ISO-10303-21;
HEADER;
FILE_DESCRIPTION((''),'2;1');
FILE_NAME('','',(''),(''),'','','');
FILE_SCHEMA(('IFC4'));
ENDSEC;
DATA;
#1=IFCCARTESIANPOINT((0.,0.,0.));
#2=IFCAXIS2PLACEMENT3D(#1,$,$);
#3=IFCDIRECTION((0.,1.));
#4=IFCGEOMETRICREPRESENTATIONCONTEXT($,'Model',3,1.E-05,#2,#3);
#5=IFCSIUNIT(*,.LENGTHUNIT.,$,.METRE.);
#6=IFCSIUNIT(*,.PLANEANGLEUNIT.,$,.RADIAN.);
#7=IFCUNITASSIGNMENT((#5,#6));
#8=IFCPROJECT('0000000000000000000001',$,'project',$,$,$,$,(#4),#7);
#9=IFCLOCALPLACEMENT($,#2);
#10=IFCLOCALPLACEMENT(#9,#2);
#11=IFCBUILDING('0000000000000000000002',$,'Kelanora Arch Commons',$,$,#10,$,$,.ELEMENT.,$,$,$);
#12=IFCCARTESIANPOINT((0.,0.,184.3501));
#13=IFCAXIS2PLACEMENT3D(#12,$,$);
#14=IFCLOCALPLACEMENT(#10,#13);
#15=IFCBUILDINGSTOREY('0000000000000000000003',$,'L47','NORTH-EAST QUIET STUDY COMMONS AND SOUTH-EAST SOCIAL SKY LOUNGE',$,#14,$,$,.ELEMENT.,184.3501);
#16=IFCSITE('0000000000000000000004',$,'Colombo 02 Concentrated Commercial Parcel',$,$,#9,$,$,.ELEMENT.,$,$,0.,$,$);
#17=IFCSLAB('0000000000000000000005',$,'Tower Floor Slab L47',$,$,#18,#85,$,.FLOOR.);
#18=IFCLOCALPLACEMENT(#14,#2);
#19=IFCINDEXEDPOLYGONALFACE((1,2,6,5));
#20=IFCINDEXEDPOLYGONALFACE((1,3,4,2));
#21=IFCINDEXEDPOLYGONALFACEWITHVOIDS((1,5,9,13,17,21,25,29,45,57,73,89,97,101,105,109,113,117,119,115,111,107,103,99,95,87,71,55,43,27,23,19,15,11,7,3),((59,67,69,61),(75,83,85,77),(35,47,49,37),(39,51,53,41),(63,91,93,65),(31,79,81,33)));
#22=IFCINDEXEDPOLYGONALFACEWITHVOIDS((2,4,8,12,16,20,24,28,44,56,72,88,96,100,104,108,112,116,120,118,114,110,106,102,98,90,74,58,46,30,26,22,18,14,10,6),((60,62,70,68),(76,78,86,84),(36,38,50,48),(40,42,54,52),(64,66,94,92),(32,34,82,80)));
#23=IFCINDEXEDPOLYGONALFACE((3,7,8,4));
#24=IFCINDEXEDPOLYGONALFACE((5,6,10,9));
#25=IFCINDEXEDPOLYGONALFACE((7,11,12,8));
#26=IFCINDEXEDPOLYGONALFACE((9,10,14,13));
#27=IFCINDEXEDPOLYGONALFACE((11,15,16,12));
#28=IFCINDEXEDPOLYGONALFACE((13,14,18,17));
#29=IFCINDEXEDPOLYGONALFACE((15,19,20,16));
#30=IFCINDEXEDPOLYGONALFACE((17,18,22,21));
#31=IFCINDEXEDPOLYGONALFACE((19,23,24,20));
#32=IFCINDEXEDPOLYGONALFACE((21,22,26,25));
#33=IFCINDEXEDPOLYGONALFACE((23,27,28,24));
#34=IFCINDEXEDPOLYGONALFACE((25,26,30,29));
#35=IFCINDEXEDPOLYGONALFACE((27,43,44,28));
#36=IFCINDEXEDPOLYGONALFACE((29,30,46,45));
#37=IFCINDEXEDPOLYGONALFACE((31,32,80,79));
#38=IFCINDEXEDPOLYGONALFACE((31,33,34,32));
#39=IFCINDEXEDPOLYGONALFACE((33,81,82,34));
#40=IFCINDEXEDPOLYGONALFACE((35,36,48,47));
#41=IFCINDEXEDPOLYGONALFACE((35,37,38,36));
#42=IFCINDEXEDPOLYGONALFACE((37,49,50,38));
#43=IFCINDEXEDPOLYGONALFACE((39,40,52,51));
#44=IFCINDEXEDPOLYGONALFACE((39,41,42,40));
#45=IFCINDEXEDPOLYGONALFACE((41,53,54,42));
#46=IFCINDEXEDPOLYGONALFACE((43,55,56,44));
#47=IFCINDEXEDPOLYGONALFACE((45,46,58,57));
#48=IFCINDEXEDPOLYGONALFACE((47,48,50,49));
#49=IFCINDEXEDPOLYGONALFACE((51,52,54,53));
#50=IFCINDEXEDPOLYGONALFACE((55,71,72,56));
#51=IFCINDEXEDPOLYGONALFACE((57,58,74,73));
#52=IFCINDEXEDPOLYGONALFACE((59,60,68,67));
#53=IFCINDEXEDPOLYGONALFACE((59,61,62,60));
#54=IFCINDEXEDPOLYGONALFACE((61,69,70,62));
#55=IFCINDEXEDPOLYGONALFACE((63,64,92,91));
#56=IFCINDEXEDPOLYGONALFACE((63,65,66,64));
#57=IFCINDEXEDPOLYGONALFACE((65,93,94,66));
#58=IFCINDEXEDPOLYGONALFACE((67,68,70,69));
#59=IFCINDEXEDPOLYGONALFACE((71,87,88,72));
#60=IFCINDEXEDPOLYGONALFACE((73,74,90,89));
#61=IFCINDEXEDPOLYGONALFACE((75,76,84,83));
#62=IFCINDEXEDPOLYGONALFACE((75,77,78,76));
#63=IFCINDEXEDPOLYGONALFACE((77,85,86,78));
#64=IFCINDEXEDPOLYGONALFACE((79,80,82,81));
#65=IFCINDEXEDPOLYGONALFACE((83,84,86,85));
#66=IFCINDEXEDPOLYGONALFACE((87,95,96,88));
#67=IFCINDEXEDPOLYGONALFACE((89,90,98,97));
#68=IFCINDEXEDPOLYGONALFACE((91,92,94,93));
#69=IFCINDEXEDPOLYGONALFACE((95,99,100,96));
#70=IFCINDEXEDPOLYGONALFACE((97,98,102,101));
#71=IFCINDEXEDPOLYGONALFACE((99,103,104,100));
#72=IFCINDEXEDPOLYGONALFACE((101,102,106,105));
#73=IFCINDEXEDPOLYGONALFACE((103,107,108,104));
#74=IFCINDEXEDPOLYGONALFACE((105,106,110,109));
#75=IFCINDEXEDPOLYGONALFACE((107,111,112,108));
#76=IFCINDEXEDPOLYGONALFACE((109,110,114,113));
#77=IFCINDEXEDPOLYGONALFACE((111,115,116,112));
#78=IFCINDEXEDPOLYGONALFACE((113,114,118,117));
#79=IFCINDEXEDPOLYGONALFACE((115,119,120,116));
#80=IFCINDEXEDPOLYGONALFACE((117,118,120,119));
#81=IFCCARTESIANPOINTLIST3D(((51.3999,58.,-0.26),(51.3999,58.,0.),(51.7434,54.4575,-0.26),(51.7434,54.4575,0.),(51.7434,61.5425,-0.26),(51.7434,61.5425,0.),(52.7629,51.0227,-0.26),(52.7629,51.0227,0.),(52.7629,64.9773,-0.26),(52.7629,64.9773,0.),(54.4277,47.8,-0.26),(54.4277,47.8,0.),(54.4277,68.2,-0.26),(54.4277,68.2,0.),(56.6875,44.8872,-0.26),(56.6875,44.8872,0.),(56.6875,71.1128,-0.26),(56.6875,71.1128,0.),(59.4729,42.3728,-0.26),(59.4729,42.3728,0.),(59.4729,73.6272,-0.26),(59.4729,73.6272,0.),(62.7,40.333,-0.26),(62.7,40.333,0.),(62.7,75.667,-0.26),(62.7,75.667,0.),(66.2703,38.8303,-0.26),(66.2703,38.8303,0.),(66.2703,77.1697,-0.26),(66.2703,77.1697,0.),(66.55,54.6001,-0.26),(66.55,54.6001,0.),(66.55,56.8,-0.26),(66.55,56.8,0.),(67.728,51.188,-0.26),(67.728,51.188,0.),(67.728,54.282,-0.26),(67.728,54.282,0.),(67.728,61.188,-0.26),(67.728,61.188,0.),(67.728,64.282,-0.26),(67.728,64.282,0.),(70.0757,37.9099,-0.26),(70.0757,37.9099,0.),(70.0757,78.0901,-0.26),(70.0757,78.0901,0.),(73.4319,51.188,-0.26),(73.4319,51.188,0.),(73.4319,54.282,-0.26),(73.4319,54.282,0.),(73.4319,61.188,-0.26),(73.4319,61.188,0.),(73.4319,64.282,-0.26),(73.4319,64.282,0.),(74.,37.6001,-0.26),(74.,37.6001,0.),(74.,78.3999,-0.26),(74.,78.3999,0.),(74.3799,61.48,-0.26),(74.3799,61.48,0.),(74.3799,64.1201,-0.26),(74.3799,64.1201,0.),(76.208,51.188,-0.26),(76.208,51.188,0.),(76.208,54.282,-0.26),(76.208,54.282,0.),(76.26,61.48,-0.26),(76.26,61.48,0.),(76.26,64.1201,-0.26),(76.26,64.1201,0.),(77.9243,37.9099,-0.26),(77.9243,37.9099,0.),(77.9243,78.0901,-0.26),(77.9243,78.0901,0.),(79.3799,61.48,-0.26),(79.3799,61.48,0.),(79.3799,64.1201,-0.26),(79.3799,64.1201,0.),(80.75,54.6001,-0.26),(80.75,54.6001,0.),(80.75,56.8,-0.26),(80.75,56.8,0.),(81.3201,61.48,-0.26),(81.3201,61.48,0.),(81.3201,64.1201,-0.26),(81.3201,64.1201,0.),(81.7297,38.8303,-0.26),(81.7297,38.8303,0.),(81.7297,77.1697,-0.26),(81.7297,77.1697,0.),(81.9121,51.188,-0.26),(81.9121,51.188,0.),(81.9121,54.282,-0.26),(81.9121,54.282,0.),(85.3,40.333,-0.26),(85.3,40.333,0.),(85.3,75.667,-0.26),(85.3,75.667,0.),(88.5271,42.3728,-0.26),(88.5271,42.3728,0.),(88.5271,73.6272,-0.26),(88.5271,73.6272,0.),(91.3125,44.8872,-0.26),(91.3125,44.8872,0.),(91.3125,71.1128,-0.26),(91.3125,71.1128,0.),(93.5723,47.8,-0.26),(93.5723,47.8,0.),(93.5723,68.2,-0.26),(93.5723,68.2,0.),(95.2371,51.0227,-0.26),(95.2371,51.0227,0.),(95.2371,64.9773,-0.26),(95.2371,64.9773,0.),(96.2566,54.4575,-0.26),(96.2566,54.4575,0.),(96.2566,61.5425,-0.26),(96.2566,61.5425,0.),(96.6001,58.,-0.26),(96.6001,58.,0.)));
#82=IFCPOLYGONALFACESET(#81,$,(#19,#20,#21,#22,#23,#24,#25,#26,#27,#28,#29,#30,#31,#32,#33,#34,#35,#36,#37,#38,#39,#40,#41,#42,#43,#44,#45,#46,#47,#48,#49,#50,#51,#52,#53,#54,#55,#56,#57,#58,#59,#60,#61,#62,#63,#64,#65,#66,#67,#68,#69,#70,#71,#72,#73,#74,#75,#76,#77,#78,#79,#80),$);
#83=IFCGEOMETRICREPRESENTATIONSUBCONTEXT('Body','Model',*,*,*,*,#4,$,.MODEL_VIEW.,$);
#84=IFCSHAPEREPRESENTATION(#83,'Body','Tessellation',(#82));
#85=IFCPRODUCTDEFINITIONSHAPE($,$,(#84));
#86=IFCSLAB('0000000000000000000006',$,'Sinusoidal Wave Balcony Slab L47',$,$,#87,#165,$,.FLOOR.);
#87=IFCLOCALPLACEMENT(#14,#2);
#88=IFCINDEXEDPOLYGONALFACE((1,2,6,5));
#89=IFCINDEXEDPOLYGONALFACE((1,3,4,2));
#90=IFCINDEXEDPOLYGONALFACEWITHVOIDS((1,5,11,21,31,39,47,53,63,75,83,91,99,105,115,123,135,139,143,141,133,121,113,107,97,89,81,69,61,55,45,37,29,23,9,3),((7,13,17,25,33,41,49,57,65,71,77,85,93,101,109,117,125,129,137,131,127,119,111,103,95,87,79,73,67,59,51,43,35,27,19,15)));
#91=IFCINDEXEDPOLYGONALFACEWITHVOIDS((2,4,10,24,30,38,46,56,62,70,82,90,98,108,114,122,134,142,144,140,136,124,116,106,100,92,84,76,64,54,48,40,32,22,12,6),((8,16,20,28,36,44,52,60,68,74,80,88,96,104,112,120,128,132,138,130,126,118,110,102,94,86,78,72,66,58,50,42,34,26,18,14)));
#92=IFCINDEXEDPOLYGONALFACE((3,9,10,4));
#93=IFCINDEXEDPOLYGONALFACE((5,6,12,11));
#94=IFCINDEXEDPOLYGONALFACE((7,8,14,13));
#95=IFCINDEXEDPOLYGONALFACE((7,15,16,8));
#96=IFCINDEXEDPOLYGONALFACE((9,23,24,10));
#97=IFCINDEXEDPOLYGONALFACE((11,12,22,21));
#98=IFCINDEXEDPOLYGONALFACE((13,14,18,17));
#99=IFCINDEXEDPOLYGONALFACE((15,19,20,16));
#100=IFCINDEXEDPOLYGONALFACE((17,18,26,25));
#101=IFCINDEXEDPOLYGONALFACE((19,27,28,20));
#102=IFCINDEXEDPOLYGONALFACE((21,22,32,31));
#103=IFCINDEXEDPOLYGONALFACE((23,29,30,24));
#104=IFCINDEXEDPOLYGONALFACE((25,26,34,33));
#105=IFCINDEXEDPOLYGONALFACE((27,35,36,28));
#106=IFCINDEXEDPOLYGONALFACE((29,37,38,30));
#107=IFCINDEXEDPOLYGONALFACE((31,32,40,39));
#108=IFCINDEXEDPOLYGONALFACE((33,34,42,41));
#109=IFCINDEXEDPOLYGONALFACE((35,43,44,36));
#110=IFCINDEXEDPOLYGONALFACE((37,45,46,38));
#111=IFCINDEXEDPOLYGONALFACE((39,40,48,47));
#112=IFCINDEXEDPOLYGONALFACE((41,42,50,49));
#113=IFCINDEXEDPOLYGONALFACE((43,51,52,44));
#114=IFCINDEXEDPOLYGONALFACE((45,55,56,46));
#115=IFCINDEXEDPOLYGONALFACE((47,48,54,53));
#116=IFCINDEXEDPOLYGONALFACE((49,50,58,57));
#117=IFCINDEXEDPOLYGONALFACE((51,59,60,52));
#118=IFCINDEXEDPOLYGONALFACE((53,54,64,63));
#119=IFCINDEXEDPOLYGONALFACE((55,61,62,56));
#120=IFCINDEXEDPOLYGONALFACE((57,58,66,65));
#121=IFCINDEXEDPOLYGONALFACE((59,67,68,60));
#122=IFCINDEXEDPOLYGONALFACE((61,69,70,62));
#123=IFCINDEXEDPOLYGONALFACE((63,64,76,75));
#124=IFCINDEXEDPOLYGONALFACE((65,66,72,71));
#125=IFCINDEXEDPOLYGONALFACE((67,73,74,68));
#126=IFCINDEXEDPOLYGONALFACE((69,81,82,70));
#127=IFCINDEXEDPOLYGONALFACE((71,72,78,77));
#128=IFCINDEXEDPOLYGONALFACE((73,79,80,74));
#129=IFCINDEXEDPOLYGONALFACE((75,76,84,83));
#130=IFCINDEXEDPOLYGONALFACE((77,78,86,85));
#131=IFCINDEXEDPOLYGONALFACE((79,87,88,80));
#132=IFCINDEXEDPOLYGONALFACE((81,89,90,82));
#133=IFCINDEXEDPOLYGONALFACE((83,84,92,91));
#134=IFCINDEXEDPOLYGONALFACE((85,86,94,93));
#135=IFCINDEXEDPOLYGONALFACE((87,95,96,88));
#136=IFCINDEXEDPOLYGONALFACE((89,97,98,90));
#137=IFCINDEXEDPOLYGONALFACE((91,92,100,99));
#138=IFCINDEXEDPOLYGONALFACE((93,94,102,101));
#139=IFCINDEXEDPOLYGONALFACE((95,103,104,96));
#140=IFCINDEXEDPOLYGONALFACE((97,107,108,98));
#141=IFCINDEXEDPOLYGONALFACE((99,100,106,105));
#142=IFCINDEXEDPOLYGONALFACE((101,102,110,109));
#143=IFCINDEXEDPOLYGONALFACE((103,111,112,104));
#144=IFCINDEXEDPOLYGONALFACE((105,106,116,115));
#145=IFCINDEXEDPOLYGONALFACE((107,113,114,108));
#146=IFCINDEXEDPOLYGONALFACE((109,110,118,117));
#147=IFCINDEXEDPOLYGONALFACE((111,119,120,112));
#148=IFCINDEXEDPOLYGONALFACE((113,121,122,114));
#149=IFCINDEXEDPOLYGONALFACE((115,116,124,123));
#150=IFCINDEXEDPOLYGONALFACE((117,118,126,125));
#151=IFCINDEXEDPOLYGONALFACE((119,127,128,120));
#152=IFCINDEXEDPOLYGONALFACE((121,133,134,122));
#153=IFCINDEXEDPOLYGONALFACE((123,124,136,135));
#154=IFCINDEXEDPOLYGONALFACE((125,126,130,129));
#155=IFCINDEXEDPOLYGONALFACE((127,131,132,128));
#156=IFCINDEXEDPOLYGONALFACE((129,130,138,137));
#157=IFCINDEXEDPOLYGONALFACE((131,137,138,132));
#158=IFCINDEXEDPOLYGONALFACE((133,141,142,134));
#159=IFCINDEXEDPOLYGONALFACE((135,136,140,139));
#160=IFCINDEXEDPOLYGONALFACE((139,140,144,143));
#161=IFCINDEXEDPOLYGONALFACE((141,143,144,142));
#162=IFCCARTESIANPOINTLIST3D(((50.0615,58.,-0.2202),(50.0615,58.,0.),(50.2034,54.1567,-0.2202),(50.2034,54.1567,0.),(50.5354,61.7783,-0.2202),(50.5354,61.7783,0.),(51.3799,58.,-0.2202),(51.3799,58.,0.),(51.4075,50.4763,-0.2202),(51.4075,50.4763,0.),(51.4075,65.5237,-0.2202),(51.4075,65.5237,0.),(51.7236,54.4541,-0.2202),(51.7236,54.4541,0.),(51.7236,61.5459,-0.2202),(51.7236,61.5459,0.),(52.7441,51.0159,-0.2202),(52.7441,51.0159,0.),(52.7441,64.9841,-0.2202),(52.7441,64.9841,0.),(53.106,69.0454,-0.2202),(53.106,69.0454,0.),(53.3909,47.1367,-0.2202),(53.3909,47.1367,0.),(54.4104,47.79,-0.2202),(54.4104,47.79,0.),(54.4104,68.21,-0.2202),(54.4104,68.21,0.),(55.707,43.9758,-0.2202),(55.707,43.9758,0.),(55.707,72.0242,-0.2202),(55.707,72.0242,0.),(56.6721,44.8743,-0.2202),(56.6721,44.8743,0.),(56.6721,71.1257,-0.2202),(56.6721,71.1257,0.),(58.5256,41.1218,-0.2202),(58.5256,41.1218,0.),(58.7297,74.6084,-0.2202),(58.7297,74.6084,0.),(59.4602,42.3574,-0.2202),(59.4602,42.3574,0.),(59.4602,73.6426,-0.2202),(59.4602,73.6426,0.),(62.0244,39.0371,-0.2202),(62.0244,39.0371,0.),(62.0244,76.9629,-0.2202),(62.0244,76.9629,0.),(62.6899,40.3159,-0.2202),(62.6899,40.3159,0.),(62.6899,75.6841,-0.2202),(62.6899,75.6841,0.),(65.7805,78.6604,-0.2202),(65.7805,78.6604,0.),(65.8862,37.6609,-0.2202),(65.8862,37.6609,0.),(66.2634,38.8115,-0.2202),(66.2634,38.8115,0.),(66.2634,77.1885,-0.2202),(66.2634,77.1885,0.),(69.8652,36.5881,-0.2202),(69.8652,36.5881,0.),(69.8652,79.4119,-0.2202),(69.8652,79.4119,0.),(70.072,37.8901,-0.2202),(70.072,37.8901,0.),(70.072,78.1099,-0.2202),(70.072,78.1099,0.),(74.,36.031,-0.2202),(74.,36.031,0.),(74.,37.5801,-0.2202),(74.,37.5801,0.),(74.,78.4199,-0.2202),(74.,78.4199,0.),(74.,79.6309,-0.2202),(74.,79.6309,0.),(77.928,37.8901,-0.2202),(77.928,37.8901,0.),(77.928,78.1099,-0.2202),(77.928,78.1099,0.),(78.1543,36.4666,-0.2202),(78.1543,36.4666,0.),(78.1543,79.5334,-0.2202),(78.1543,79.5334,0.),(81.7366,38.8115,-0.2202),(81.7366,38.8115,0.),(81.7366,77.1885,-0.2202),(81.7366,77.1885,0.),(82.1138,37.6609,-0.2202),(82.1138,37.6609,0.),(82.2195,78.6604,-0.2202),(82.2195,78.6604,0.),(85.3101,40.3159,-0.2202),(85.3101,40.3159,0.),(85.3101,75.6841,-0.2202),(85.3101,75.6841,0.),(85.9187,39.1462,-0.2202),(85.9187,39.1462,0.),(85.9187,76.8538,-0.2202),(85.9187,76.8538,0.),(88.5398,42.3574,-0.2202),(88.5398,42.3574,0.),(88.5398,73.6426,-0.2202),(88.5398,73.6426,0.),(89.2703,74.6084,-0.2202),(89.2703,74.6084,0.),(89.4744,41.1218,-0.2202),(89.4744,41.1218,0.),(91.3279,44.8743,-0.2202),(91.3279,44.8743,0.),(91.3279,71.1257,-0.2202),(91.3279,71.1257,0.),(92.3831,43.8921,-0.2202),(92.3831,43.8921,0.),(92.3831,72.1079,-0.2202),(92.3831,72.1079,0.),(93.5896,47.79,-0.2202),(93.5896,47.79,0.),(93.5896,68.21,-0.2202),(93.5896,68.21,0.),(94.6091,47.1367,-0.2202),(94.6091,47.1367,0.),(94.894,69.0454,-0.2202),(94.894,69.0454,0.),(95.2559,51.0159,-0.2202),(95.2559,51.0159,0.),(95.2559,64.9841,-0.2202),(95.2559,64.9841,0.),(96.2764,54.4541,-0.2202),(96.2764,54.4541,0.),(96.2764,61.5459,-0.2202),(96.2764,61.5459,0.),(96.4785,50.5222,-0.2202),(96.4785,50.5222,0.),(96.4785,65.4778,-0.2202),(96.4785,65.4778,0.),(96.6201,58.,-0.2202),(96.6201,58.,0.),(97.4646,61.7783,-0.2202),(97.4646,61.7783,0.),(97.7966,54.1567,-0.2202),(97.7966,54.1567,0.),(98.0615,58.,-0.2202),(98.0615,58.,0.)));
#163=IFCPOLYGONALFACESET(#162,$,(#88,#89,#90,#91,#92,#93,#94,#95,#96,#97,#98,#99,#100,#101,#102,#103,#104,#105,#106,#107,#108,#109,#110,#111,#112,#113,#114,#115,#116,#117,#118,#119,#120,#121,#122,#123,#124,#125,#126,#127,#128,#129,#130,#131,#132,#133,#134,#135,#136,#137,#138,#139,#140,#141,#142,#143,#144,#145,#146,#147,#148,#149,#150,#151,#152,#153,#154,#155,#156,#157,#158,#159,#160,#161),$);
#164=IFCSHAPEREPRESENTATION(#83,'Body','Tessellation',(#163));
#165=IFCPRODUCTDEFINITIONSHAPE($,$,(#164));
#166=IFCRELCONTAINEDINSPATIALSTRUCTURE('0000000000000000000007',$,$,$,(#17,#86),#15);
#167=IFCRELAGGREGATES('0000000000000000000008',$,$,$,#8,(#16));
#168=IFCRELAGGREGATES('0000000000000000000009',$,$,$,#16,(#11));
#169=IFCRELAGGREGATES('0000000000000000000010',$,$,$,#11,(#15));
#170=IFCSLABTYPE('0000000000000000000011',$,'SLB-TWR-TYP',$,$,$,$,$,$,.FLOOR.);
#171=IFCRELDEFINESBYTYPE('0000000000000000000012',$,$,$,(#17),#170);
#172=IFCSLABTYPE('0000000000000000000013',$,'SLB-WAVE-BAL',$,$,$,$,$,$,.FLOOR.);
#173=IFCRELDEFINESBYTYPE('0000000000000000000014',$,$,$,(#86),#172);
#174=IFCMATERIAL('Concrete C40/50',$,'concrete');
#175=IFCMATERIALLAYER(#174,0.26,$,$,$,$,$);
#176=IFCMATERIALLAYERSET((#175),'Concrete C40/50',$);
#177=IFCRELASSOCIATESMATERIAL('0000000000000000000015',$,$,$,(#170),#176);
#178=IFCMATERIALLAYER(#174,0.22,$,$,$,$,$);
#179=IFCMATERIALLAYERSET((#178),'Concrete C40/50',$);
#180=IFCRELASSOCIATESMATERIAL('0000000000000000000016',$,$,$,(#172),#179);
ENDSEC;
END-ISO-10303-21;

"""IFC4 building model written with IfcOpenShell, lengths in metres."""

from ifc_helpers import new_model, si_unit, direction, frame, origin, place, context, subcontext, project, spatial, polyline, outline, extrude, material, layer, layer_set, type_object, element, save


model = new_model("IFC4")

# Units and contexts
model_context = context("Model", 3, precision=1e-05, world=origin(), true_north=direction((0.0, 1.0)))
body_context = subcontext(model_context, "Body", "Model", "MODEL_VIEW")
ifc_project = project(units=[si_unit("LENGTHUNIT", "METRE"), si_unit("PLANEANGLEUNIT", "RADIAN")], contexts=[model_context])

# Site, building, storey
site_placement = place(None, origin())
site = spatial("IfcSite", under=ifc_project, at=site_placement, Name="Colombo 02 Concentrated Commercial Parcel", CompositionType="ELEMENT", RefElevation=0.0)
building_placement = place(site_placement, origin())
building = spatial("IfcBuilding", under=site, at=building_placement, Name="Kelanora Arch Commons", CompositionType="ELEMENT")
storey_placement = place(building_placement, frame((0.0, 0.0, 184.3501)))
storey = spatial("IfcBuildingStorey", under=building, at=storey_placement, Name="L47", Description="NORTH-EAST QUIET STUDY COMMONS AND SOUTH-EAST SOCIAL SKY LOUNGE", CompositionType="ELEMENT", Elevation=184.3501)

# Shared definitions
ifc_material_1 = material(Name="Concrete C40/50", Category="concrete")

# Slabs
ifc_layer_1 = layer(ifc_material_1, 0.26)
ifc_layer_set_1 = layer_set([ifc_layer_1], Name="Concrete C40/50")
slab_type_1 = type_object("IfcSlabType", Name="SLB-TWR-TYP", PredefinedType="FLOOR", material=ifc_layer_set_1)
slab_1_placement = place(storey_placement, frame((0.0, 0.0, -0.26)))
element("IfcSlab", 1, at=slab_1_placement, inside=storey, type_object=slab_type_1, Name="Tower Floor Slab L47", PredefinedType="FLOOR", context=body_context, shape_type="SweptSolid", body=[
    extrude(outline(polyline([(96.6001, 58.0), (96.2566, 61.5425), (95.2371, 64.9773), (93.5723, 68.2), (91.3125, 71.1128), (88.5271, 73.6272), (85.3, 75.667), (81.7297, 77.1697), (77.9243, 78.0901), (74.0, 78.3999), (70.0757, 78.0901), (66.2703, 77.1697), (62.7, 75.667), (59.4729, 73.6272), (56.6875, 71.1128), (54.4277, 68.2), (52.7629, 64.9773), (51.7434, 61.5425), (51.3999, 58.0), (51.7434, 54.4575), (52.7629, 51.0227), (54.4277, 47.8), (56.6875, 44.8872), (59.4729, 42.3728), (62.7, 40.333), (66.2703, 38.8303), (70.0757, 37.9099), (74.0, 37.6001), (77.9243, 37.9099), (81.7297, 38.8303), (85.3, 40.333), (88.5271, 42.3728), (91.3125, 44.8872), (93.5723, 47.8), (95.2371, 51.0227), (96.2566, 54.4575), (96.6001, 58.0)]), holes=[polyline([(73.4319, 51.188), (67.728, 51.188), (67.728, 54.282), (73.4319, 54.282), (73.4319, 51.188)]), polyline([(76.208, 51.188), (76.208, 54.282), (81.9121, 54.282), (81.9121, 51.188), (76.208, 51.188)]), polyline([(66.55, 54.6001), (66.55, 56.8), (80.75, 56.8), (80.75, 54.6001), (66.55, 54.6001)]), polyline([(73.4319, 61.188), (67.728, 61.188), (67.728, 64.282), (73.4319, 64.282), (73.4319, 61.188)]), polyline([(74.3799, 61.48), (74.3799, 64.1201), (76.26, 64.1201), (76.26, 61.48), (74.3799, 61.48)]), polyline([(79.3799, 61.48), (79.3799, 64.1201), (81.3201, 64.1201), (81.3201, 61.48), (79.3799, 61.48)])]), origin(), (0.0, 0.0, 1.0), 0.26),
])
ifc_layer_2 = layer(ifc_material_1, 0.22)
ifc_layer_set_2 = layer_set([ifc_layer_2], Name="Concrete C40/50")
slab_type_2 = type_object("IfcSlabType", Name="SLB-WAVE-BAL", PredefinedType="FLOOR", material=ifc_layer_set_2)
slab_2_placement = place(storey_placement, frame((0.0, 0.0, -0.2202)))
element("IfcSlab", 2, at=slab_2_placement, inside=storey, type_object=slab_type_2, Name="Sinusoidal Wave Balcony Slab L47", PredefinedType="FLOOR", context=body_context, shape_type="SweptSolid", body=[
    extrude(outline(polyline([(98.0615, 58.0), (97.4646, 61.7783), (96.4785, 65.4778), (94.894, 69.0454), (92.3831, 72.1079), (89.2703, 74.6084), (85.9187, 76.8538), (82.2195, 78.6604), (78.1543, 79.5334), (74.0, 79.6309), (69.8652, 79.4119), (65.7805, 78.6604), (62.0244, 76.9629), (58.7297, 74.6084), (55.707, 72.0242), (53.106, 69.0454), (51.4075, 65.5237), (50.5354, 61.7783), (50.0615, 58.0), (50.2034, 54.1567), (51.4075, 50.4763), (53.3909, 47.1367), (55.707, 43.9758), (58.5256, 41.1218), (62.0244, 39.0371), (65.8862, 37.6609), (69.8652, 36.5881), (74.0, 36.031), (78.1543, 36.4666), (82.1138, 37.6609), (85.9187, 39.1462), (89.4744, 41.1218), (92.3831, 43.8921), (94.6091, 47.1367), (96.4785, 50.5222), (97.7966, 54.1567), (98.0615, 58.0)]), holes=[polyline([(96.2764, 54.4541), (95.2559, 51.0159), (93.5896, 47.79), (91.3279, 44.8743), (88.5398, 42.3574), (85.3101, 40.3159), (81.7366, 38.8115), (77.928, 37.8901), (74.0, 37.5801), (70.072, 37.8901), (66.2634, 38.8115), (62.6899, 40.3159), (59.4602, 42.3574), (56.6721, 44.8743), (54.4104, 47.79), (52.7441, 51.0159), (51.7236, 54.4541), (51.3799, 58.0), (51.7236, 61.5459), (52.7441, 64.9841), (54.4104, 68.21), (56.6721, 71.1257), (59.4602, 73.6426), (62.6899, 75.6841), (66.2634, 77.1885), (70.072, 78.1099), (74.0, 78.4199), (77.928, 78.1099), (81.7366, 77.1885), (85.3101, 75.6841), (88.5398, 73.6426), (91.3279, 71.1257), (93.5896, 68.21), (95.2559, 64.9841), (96.2764, 61.5459), (96.6201, 58.0), (96.2764, 54.4541)])]), origin(), (0.0, 0.0, 1.0), 0.2202),
])

save(model, "model.ifc")
